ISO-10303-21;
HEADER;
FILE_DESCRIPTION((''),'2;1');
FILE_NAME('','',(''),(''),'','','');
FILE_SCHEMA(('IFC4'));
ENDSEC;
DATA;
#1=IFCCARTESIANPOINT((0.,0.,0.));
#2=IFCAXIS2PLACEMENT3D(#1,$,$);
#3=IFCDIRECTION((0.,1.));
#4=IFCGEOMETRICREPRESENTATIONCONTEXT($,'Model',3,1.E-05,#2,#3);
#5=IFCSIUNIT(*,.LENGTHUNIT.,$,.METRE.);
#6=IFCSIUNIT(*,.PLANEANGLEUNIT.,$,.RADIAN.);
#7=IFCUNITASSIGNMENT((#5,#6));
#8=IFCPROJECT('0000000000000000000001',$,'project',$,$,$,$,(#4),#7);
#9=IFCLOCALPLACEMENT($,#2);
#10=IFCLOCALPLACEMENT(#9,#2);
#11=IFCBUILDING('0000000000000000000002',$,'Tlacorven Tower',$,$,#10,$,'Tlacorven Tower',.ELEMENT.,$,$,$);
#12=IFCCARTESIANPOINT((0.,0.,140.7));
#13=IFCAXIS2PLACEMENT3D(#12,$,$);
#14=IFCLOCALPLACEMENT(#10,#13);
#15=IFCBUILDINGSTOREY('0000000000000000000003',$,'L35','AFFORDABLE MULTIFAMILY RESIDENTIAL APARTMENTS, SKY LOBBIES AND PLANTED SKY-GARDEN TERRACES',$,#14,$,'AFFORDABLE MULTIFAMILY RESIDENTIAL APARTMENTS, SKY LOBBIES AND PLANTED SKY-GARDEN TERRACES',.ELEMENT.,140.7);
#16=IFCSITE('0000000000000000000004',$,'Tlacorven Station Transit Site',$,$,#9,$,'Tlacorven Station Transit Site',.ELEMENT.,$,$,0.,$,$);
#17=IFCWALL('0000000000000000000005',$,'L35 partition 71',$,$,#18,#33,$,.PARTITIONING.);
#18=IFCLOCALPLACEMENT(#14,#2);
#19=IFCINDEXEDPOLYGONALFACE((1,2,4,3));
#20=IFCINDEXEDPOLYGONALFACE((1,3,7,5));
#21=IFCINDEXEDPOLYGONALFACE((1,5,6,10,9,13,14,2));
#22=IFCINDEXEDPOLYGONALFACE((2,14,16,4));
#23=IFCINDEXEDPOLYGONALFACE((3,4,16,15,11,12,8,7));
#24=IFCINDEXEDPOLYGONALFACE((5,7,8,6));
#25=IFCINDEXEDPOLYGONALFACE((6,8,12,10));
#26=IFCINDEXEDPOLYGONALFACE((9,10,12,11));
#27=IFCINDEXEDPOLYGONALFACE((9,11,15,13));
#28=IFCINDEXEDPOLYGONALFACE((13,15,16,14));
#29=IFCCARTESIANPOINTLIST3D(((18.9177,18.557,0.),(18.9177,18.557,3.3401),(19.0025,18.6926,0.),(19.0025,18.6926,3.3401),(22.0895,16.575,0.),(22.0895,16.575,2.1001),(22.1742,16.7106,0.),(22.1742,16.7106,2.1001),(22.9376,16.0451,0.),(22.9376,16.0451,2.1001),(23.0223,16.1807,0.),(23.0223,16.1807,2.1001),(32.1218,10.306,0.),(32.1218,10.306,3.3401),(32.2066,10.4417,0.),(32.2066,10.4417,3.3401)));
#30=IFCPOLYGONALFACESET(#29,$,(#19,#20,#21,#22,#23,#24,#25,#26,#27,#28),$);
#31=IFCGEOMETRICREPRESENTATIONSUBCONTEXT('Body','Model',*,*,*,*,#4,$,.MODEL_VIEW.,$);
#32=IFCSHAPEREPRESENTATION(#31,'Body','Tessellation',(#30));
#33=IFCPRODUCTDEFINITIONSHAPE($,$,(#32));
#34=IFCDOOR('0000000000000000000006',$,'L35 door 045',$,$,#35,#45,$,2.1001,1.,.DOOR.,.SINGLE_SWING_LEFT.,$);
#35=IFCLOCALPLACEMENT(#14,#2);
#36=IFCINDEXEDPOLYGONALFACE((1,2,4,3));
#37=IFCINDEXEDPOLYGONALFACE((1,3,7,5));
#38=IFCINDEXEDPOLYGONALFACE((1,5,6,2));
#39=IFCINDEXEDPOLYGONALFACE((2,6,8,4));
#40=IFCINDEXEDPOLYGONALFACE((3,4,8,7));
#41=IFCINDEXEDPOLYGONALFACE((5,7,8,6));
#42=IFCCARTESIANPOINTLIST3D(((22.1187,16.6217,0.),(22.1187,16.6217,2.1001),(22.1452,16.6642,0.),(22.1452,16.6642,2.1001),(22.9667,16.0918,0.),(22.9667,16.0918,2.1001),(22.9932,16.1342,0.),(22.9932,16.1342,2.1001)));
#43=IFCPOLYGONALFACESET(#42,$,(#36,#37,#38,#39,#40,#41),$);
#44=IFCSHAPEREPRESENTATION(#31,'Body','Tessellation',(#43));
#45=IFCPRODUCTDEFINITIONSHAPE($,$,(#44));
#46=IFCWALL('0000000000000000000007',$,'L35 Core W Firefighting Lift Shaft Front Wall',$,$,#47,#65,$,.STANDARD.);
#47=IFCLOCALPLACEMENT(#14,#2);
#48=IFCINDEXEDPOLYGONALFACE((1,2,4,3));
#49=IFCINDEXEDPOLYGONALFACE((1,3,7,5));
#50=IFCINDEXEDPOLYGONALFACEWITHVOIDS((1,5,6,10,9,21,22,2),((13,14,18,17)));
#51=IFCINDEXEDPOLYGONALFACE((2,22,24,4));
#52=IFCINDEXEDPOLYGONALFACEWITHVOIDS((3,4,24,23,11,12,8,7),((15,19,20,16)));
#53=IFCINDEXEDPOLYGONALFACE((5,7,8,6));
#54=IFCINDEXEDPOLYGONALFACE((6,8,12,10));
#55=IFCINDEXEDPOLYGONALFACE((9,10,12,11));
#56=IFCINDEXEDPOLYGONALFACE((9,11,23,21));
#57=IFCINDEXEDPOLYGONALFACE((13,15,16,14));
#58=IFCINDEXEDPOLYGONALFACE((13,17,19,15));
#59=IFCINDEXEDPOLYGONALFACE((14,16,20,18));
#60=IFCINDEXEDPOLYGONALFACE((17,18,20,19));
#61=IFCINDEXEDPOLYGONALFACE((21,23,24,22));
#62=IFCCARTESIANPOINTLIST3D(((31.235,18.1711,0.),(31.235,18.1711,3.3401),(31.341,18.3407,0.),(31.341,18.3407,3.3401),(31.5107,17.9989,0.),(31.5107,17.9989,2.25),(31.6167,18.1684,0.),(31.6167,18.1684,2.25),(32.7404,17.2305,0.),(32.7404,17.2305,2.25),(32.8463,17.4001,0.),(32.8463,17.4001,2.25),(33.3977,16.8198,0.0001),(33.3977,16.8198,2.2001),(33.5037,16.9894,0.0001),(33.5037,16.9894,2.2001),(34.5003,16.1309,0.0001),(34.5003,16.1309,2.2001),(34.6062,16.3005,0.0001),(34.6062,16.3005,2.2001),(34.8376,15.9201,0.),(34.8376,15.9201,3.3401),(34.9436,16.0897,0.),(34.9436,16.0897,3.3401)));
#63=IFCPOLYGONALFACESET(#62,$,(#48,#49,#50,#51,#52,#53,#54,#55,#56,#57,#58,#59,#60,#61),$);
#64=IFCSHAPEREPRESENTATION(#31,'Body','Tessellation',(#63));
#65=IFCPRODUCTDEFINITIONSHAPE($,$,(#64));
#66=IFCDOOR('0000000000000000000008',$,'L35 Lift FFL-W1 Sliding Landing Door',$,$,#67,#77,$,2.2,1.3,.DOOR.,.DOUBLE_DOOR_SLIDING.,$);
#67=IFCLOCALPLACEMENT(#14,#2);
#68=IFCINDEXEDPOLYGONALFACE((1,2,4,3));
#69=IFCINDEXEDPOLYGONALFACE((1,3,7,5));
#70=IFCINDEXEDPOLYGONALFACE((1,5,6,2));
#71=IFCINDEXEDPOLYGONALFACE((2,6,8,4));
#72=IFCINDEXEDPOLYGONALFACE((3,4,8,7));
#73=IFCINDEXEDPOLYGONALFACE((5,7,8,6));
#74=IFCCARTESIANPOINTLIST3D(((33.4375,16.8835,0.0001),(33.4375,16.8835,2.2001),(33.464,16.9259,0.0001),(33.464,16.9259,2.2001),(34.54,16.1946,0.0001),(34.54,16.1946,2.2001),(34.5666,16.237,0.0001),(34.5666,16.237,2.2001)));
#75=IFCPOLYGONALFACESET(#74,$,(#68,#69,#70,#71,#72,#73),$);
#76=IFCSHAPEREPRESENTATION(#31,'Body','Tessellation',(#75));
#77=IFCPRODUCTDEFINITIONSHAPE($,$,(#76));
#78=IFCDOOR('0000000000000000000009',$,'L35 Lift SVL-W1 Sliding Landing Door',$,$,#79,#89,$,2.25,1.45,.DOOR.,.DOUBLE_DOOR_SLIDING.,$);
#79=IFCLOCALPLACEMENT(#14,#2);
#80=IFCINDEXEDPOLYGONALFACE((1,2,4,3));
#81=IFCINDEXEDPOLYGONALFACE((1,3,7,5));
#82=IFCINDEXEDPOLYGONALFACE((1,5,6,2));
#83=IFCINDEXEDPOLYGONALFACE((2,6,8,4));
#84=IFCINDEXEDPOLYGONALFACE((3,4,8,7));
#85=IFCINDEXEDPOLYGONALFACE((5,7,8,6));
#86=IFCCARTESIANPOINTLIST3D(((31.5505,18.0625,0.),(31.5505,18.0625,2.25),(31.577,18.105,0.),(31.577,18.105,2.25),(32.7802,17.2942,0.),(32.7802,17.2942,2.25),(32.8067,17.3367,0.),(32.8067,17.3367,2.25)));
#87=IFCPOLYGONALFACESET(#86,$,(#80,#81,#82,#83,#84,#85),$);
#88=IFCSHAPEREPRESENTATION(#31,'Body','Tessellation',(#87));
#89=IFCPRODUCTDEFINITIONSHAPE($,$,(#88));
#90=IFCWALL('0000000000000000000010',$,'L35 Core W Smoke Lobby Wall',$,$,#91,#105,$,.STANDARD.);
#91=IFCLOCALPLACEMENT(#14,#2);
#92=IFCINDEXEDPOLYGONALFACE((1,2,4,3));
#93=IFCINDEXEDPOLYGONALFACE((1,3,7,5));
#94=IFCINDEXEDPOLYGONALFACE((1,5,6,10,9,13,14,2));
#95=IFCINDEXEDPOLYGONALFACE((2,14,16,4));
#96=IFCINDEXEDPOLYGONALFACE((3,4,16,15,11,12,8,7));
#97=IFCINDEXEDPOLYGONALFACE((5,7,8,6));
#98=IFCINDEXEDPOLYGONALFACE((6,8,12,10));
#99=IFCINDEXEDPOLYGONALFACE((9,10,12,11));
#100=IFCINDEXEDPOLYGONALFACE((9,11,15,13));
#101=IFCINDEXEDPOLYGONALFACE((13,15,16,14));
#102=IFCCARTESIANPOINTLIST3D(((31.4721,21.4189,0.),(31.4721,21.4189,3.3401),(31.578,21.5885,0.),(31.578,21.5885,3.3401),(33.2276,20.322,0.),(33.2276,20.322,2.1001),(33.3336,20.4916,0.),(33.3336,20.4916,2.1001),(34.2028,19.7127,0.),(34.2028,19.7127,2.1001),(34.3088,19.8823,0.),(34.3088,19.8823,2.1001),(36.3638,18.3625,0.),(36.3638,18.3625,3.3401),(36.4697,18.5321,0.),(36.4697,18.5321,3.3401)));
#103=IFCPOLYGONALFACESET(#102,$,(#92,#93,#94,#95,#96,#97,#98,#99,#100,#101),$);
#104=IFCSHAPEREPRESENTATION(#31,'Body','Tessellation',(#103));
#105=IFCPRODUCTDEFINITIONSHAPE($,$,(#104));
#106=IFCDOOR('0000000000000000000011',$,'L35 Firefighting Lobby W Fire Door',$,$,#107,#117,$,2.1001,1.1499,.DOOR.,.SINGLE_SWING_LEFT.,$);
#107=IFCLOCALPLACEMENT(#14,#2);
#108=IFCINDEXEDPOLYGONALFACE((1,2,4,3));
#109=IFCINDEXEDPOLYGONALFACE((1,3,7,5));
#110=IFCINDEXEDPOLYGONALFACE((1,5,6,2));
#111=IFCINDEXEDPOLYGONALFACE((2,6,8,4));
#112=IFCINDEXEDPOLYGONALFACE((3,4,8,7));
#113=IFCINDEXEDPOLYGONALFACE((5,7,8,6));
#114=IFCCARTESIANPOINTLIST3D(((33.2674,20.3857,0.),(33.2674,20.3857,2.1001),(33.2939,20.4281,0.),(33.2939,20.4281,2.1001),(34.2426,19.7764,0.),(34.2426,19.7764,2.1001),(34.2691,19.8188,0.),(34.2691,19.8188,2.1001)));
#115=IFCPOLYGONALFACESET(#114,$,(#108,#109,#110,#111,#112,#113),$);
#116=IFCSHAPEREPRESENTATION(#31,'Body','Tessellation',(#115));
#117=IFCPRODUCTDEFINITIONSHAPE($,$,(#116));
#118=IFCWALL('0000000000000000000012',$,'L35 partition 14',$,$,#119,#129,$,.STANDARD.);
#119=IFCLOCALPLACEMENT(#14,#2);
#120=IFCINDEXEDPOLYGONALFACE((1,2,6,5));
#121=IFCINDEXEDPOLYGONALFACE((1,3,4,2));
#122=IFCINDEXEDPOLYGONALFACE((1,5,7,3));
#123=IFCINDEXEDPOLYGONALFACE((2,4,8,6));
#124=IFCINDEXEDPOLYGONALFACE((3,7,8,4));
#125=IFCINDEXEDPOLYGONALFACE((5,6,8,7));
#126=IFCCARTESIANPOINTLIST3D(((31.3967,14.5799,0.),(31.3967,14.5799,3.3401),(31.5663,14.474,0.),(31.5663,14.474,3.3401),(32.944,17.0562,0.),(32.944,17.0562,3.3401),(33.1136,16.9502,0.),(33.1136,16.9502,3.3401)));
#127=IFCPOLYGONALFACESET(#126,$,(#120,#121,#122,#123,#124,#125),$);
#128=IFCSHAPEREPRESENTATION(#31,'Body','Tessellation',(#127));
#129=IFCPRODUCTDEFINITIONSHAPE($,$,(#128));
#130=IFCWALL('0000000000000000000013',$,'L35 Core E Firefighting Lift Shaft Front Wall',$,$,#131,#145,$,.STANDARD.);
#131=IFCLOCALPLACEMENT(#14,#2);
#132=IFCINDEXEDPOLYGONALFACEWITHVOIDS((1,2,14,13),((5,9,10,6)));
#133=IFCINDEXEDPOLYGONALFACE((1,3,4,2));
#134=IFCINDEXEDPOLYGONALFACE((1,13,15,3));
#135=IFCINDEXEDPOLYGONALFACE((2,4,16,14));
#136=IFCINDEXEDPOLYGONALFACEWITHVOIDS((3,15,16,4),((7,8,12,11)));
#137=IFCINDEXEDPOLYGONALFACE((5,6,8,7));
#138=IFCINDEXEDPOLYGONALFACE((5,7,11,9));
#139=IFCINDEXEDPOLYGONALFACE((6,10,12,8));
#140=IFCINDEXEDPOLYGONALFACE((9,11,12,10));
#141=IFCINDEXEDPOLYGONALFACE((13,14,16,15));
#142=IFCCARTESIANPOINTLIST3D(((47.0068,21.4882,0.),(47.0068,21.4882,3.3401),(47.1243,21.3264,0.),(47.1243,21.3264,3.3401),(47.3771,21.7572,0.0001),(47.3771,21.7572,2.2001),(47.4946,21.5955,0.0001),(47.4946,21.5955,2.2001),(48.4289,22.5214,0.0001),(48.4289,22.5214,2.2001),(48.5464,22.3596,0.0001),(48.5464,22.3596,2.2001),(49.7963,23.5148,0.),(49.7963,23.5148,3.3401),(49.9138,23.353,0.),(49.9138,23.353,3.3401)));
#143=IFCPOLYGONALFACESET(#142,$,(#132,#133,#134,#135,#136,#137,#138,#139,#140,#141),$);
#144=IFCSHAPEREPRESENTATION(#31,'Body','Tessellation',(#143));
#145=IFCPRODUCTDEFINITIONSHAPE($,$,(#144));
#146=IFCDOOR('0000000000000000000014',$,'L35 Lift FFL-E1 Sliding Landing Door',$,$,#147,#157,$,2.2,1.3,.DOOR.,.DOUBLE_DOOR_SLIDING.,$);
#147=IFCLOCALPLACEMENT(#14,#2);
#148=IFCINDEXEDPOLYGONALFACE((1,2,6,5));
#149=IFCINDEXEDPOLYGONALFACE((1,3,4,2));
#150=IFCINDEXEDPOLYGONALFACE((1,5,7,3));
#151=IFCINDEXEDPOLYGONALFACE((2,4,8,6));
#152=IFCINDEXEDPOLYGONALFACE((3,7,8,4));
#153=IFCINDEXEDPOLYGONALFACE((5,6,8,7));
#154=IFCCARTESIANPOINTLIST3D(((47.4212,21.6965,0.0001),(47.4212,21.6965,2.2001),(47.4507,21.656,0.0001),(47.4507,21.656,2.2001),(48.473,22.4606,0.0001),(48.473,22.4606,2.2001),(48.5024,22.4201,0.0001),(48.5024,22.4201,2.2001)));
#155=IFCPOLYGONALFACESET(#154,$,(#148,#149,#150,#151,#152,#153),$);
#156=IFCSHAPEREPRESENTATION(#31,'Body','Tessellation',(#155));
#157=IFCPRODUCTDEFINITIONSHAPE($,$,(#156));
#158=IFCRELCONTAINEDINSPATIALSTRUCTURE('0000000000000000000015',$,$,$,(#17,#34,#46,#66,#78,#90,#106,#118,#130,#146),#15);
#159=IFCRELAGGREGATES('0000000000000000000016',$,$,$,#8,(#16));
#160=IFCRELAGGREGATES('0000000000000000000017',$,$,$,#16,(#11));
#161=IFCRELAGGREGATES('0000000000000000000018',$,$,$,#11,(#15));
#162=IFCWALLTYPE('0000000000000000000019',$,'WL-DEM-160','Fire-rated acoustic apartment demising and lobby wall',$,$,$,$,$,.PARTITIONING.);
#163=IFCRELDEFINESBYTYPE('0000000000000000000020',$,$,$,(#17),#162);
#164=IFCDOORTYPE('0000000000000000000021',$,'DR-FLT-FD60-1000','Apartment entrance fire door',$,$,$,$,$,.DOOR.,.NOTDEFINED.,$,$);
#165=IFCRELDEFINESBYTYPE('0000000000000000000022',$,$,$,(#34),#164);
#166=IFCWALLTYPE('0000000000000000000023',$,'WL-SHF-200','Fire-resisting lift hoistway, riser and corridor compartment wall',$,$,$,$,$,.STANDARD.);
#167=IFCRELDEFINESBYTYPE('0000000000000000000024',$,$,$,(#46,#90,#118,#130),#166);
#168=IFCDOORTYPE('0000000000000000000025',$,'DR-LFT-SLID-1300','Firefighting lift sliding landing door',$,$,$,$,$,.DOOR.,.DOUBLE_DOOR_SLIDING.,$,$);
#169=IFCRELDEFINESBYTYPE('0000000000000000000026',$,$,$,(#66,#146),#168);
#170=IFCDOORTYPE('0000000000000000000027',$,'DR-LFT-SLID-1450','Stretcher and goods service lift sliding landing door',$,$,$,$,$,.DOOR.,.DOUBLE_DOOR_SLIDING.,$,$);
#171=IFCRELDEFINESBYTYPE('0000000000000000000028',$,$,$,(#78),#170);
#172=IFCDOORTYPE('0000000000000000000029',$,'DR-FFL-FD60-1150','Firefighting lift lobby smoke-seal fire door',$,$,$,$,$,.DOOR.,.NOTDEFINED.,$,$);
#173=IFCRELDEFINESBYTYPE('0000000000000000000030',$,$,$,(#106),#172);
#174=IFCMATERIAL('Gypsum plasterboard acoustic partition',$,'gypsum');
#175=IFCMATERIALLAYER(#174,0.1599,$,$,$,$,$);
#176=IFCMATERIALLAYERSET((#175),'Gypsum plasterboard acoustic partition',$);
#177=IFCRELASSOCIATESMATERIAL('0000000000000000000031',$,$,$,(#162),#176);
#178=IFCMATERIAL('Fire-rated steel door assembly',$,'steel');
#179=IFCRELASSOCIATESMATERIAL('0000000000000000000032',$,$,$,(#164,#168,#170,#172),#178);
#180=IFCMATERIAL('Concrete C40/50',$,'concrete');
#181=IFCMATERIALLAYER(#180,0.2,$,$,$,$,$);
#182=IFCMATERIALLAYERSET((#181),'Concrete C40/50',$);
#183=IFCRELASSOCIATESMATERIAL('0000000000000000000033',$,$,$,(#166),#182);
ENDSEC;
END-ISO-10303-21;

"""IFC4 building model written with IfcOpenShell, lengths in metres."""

from ifc_helpers import new_model, si_unit, direction, frame, frame_2d, origin, place, context, subcontext, project, spatial, rectangle, extrude, source, transform, mapped, material, layer, layer_set, type_object, element, fill, save


model = new_model("IFC4")

# Units and contexts
model_context = context("Model", 3, precision=1e-05, world=origin(), true_north=direction((0.0, 1.0)))
body_context = subcontext(model_context, "Body", "Model", "MODEL_VIEW")
ifc_project = project(units=[si_unit("LENGTHUNIT", "METRE"), si_unit("PLANEANGLEUNIT", "RADIAN")], contexts=[model_context])

# Site, building, storey
site_placement = place(None, origin())
site = spatial("IfcSite", under=ifc_project, at=site_placement, Name="Tlacorven Station Transit Site", LongName="Tlacorven Station Transit Site", CompositionType="ELEMENT", RefElevation=0.0)
building_placement = place(site_placement, origin())
building = spatial("IfcBuilding", under=site, at=building_placement, Name="Tlacorven Tower", LongName="Tlacorven Tower", CompositionType="ELEMENT")
storey_placement = place(building_placement, frame((0.0, 0.0, 140.7)))
storey = spatial("IfcBuildingStorey", under=building, at=storey_placement, Name="L35", Description="AFFORDABLE MULTIFAMILY RESIDENTIAL APARTMENTS, SKY LOBBIES AND PLANTED SKY-GARDEN TERRACES", LongName="AFFORDABLE MULTIFAMILY RESIDENTIAL APARTMENTS, SKY LOBBIES AND PLANTED SKY-GARDEN TERRACES", CompositionType="ELEMENT", Elevation=140.7)

# Wall, opening, door
ifc_material_1 = material(Name="Gypsum plasterboard acoustic partition", Category="gypsum")
ifc_layer_1 = layer(ifc_material_1, 0.1599)
ifc_layer_set_1 = layer_set([ifc_layer_1], Name="Gypsum plasterboard acoustic partition")
wall_type_1 = type_object("IfcWallType", Name="WL-DEM-160", Description="Fire-rated acoustic apartment demising and lobby wall", PredefinedType="PARTITIONING", material=ifc_layer_set_1)
wall_1_placement = place(storey_placement, frame((32.1643, 10.3738, 0.0), z_axis=(0.0, 0.0, 1.0), x_axis=(-0.848044, 0.529926, 0.0)))
wall_1 = element("IfcWall", 1, at=wall_1_placement, inside=storey, type_object=wall_type_1, Name="L35 partition 71", PredefinedType="PARTITIONING", context=body_context, shape_type="SweptSolid", body=[
    extrude(rectangle(XDim=15.5701, YDim=0.1599, at=frame_2d((7.7852, 0.0))), origin(), (0.0, 0.0, 1.0), 3.3401),
])
opening_1_placement = place(wall_1_placement, frame((10.8301, 0.0, 0.0)))
opening_1 = element("IfcOpeningElement", 2, at=opening_1_placement, cuts=wall_1, PredefinedType="OPENING", context=body_context, shape_type="SweptSolid", body=[
    extrude(rectangle(XDim=1.0, YDim=2.1001, at=frame_2d((0.5, 1.05))), frame((0.0, 0.0898, 0.0), z_axis=(0.0, -1.0, 0.0), x_axis=(1.0, 0.0, 0.0)), (0.0, 0.0, 1.0), 0.1799),
])
ifc_material_2 = material(Name="Fire-rated steel door assembly", Category="steel")
door_type_1 = type_object("IfcDoorType", Name="DR-FLT-FD60-1000", Description="Apartment entrance fire door", OperationType="NOTDEFINED", PredefinedType="DOOR", material=ifc_material_2)
shared_shape_1 = source(origin(), body_context, "Body", "SweptSolid", [
    extrude(rectangle(XDim=1.0, YDim=2.1001, at=frame_2d((0.5, 1.05))), frame((0.0, 0.0249, 0.0), z_axis=(0.0, -1.0, 0.0), x_axis=(1.0, 0.0, 0.0)), (0.0, 0.0, 1.0), 0.05),
])
door_1_placement = place(opening_1_placement, origin())
door_1 = element("IfcDoor", 3, at=door_1_placement, inside=storey, type_object=door_type_1, Name="L35 door 045", OperationType="SINGLE_SWING_LEFT", OverallHeight=2.1001, OverallWidth=1.0, PredefinedType="DOOR", context=body_context, shape_type="MappedRepresentation", body=[
    mapped(shared_shape_1, transform((0.0, 0.0, 0.0), scale=1.0)),
])
fill(opening_1, door_1)

# Wall, openings, doors
ifc_material_3 = material(Name="Concrete C40/50", Category="concrete")
ifc_layer_2 = layer(ifc_material_3, 0.2)
ifc_layer_set_2 = layer_set([ifc_layer_2], Name="Concrete C40/50")
wall_type_2 = type_object("IfcWallType", Name="WL-SHF-200", Description="Fire-resisting lift hoistway, riser and corridor compartment wall", PredefinedType="STANDARD", material=ifc_layer_set_2)
wall_2_placement = place(storey_placement, frame((34.8906, 16.0049, 0.0), z_axis=(0.0, 0.0, 1.0), x_axis=(-0.848063, 0.529896, 0.0)))
wall_2 = element("IfcWall", 4, at=wall_2_placement, inside=storey, type_object=wall_type_2, Name="L35 Core W Firefighting Lift Shaft Front Wall", PredefinedType="STANDARD", context=body_context, shape_type="SweptSolid", body=[
    extrude(rectangle(XDim=4.248, YDim=0.2, at=frame_2d((2.124, 0.0))), origin(), (0.0, 0.0, 1.0), 3.3401),
])
opening_2_placement = place(wall_2_placement, frame((0.3979, 0.0, 0.0)))
opening_2 = element("IfcOpeningElement", 5, at=opening_2_placement, cuts=wall_2, PredefinedType="OPENING", context=body_context, shape_type="SweptSolid", body=[
    extrude(rectangle(XDim=1.3, YDim=2.2, at=frame_2d((0.6499, 1.1001))), frame((0.0, 0.1099, 0.0), z_axis=(0.0, -1.0, 0.0), x_axis=(1.0, 0.0, 0.0)), (0.0, 0.0, 1.0), 0.22),
])
opening_3_placement = place(wall_2_placement, frame((2.4729, 0.0, 0.0)))
opening_3 = element("IfcOpeningElement", 6, at=opening_3_placement, cuts=wall_2, PredefinedType="OPENING", context=body_context, shape_type="SweptSolid", body=[
    extrude(rectangle(XDim=1.45, YDim=2.25, at=frame_2d((0.7251, 1.125))), frame((0.0, 0.1099, 0.0), z_axis=(0.0, -1.0, 0.0), x_axis=(1.0, 0.0, 0.0)), (0.0, 0.0, 1.0), 0.22),
])
door_type_2 = type_object("IfcDoorType", Name="DR-LFT-SLID-1300", Description="Firefighting lift sliding landing door", OperationType="DOUBLE_DOOR_SLIDING", PredefinedType="DOOR", material=ifc_material_2)
shared_shape_2 = source(origin(), body_context, "Body", "SweptSolid", [
    extrude(rectangle(XDim=1.3, YDim=2.2, at=frame_2d((0.6499, 1.1001))), frame((0.0, 0.0249, 0.0), z_axis=(0.0, -1.0, 0.0), x_axis=(1.0, 0.0, 0.0)), (0.0, 0.0, 1.0), 0.05),
])
door_2_placement = place(opening_2_placement, origin())
door_2 = element("IfcDoor", 7, at=door_2_placement, inside=storey, type_object=door_type_2, Name="L35 Lift FFL-W1 Sliding Landing Door", OperationType="DOUBLE_DOOR_SLIDING", OverallHeight=2.2, OverallWidth=1.3, PredefinedType="DOOR", context=body_context, shape_type="MappedRepresentation", body=[
    mapped(shared_shape_2, transform((0.0, 0.0, 0.0), scale=1.0)),
])
fill(opening_2, door_2)
door_type_3 = type_object("IfcDoorType", Name="DR-LFT-SLID-1450", Description="Stretcher and goods service lift sliding landing door", OperationType="DOUBLE_DOOR_SLIDING", PredefinedType="DOOR", material=ifc_material_2)
shared_shape_3 = source(origin(), body_context, "Body", "SweptSolid", [
    extrude(rectangle(XDim=1.45, YDim=2.25, at=frame_2d((0.7251, 1.125))), frame((0.0, 0.0249, 0.0), z_axis=(0.0, -1.0, 0.0), x_axis=(1.0, 0.0, 0.0)), (0.0, 0.0, 1.0), 0.05),
])
door_3_placement = place(opening_3_placement, origin())
door_3 = element("IfcDoor", 8, at=door_3_placement, inside=storey, type_object=door_type_3, Name="L35 Lift SVL-W1 Sliding Landing Door", OperationType="DOUBLE_DOOR_SLIDING", OverallHeight=2.25, OverallWidth=1.45, PredefinedType="DOOR", context=body_context, shape_type="MappedRepresentation", body=[
    mapped(shared_shape_3, transform((0.0, 0.0, 0.0), scale=1.0)),
])
fill(opening_3, door_3)

# Wall, opening, door
wall_3_placement = place(storey_placement, frame((36.4167, 18.4473, 0.0), z_axis=(0.0, 0.0, 1.0), x_axis=(-0.848065, 0.529892, 0.0)))
wall_3 = element("IfcWall", 9, at=wall_3_placement, inside=storey, type_object=wall_type_2, Name="L35 Core W Smoke Lobby Wall", PredefinedType="STANDARD", context=body_context, shape_type="SweptSolid", body=[
    extrude(rectangle(XDim=5.7681, YDim=0.2, at=frame_2d((2.884, 0.0))), origin(), (0.0, 0.0, 1.0), 3.3401),
])
opening_4_placement = place(wall_3_placement, frame((2.5481, 0.0, 0.0)))
opening_4 = element("IfcOpeningElement", 10, at=opening_4_placement, cuts=wall_3, PredefinedType="OPENING", context=body_context, shape_type="SweptSolid", body=[
    extrude(rectangle(XDim=1.1499, YDim=2.1001, at=frame_2d((0.575, 1.05))), frame((0.0, 0.1099, 0.0), z_axis=(0.0, -1.0, 0.0), x_axis=(1.0, 0.0, 0.0)), (0.0, 0.0, 1.0), 0.22),
])
door_type_4 = type_object("IfcDoorType", Name="DR-FFL-FD60-1150", Description="Firefighting lift lobby smoke-seal fire door", OperationType="NOTDEFINED", PredefinedType="DOOR", material=ifc_material_2)
shared_shape_4 = source(origin(), body_context, "Body", "SweptSolid", [
    extrude(rectangle(XDim=1.1499, YDim=2.1001, at=frame_2d((0.575, 1.05))), frame((0.0, 0.0249, 0.0), z_axis=(0.0, -1.0, 0.0), x_axis=(1.0, 0.0, 0.0)), (0.0, 0.0, 1.0), 0.05),
])
door_4_placement = place(opening_4_placement, origin())
door_4 = element("IfcDoor", 11, at=door_4_placement, inside=storey, type_object=door_type_4, Name="L35 Firefighting Lobby W Fire Door", OperationType="SINGLE_SWING_LEFT", OverallHeight=2.1001, OverallWidth=1.1499, PredefinedType="DOOR", context=body_context, shape_type="MappedRepresentation", body=[
    mapped(shared_shape_4, transform((0.0, 0.0, 0.0), scale=1.0)),
])
fill(opening_4, door_4)

# Wall
wall_4_placement = place(storey_placement, frame((33.0288, 17.0032, 0.0), z_axis=(0.0, 0.0, 1.0), x_axis=(-0.529916, -0.84805, 0.0)))
element("IfcWall", 12, at=wall_4_placement, inside=storey, type_object=wall_type_2, Name="L35 partition 14", PredefinedType="STANDARD", context=body_context, shape_type="SweptSolid", body=[
    extrude(rectangle(XDim=2.9199, YDim=0.2, at=frame_2d((1.46, 0.0))), origin(), (0.0, 0.0, 1.0), 3.3401),
])

# Wall, opening, door
wall_5_placement = place(storey_placement, frame((47.0654, 21.4072, 0.0), z_axis=(0.0, 0.0, 1.0), x_axis=(0.809033, 0.587763, 0.0)))
wall_5 = element("IfcWall", 13, at=wall_5_placement, inside=storey, type_object=wall_type_2, Name="L35 Core E Firefighting Lift Shaft Front Wall", PredefinedType="STANDARD", context=body_context, shape_type="SweptSolid", body=[
    extrude(rectangle(XDim=3.448, YDim=0.2, at=frame_2d((1.7241, 0.0))), origin(), (0.0, 0.0, 1.0), 3.3401),
])
opening_5_placement = place(wall_5_placement, frame((0.458, 0.0, 0.0)))
opening_5 = element("IfcOpeningElement", 14, at=opening_5_placement, cuts=wall_5, PredefinedType="OPENING", context=body_context, shape_type="SweptSolid", body=[
    extrude(rectangle(XDim=1.3, YDim=2.2, at=frame_2d((0.6499, 1.1001))), frame((0.0, 0.1099, 0.0), z_axis=(0.0, -1.0, 0.0), x_axis=(1.0, 0.0, 0.0)), (0.0, 0.0, 1.0), 0.22),
])
door_5_placement = place(opening_5_placement, origin())
door_5 = element("IfcDoor", 15, at=door_5_placement, inside=storey, type_object=door_type_2, Name="L35 Lift FFL-E1 Sliding Landing Door", OperationType="DOUBLE_DOOR_SLIDING", OverallHeight=2.2, OverallWidth=1.3, PredefinedType="DOOR", context=body_context, shape_type="MappedRepresentation", body=[
    mapped(shared_shape_2, transform((0.0, 0.0, 0.0), scale=1.0)),
])
fill(opening_5, door_5)

save(model, "model.ifc")
